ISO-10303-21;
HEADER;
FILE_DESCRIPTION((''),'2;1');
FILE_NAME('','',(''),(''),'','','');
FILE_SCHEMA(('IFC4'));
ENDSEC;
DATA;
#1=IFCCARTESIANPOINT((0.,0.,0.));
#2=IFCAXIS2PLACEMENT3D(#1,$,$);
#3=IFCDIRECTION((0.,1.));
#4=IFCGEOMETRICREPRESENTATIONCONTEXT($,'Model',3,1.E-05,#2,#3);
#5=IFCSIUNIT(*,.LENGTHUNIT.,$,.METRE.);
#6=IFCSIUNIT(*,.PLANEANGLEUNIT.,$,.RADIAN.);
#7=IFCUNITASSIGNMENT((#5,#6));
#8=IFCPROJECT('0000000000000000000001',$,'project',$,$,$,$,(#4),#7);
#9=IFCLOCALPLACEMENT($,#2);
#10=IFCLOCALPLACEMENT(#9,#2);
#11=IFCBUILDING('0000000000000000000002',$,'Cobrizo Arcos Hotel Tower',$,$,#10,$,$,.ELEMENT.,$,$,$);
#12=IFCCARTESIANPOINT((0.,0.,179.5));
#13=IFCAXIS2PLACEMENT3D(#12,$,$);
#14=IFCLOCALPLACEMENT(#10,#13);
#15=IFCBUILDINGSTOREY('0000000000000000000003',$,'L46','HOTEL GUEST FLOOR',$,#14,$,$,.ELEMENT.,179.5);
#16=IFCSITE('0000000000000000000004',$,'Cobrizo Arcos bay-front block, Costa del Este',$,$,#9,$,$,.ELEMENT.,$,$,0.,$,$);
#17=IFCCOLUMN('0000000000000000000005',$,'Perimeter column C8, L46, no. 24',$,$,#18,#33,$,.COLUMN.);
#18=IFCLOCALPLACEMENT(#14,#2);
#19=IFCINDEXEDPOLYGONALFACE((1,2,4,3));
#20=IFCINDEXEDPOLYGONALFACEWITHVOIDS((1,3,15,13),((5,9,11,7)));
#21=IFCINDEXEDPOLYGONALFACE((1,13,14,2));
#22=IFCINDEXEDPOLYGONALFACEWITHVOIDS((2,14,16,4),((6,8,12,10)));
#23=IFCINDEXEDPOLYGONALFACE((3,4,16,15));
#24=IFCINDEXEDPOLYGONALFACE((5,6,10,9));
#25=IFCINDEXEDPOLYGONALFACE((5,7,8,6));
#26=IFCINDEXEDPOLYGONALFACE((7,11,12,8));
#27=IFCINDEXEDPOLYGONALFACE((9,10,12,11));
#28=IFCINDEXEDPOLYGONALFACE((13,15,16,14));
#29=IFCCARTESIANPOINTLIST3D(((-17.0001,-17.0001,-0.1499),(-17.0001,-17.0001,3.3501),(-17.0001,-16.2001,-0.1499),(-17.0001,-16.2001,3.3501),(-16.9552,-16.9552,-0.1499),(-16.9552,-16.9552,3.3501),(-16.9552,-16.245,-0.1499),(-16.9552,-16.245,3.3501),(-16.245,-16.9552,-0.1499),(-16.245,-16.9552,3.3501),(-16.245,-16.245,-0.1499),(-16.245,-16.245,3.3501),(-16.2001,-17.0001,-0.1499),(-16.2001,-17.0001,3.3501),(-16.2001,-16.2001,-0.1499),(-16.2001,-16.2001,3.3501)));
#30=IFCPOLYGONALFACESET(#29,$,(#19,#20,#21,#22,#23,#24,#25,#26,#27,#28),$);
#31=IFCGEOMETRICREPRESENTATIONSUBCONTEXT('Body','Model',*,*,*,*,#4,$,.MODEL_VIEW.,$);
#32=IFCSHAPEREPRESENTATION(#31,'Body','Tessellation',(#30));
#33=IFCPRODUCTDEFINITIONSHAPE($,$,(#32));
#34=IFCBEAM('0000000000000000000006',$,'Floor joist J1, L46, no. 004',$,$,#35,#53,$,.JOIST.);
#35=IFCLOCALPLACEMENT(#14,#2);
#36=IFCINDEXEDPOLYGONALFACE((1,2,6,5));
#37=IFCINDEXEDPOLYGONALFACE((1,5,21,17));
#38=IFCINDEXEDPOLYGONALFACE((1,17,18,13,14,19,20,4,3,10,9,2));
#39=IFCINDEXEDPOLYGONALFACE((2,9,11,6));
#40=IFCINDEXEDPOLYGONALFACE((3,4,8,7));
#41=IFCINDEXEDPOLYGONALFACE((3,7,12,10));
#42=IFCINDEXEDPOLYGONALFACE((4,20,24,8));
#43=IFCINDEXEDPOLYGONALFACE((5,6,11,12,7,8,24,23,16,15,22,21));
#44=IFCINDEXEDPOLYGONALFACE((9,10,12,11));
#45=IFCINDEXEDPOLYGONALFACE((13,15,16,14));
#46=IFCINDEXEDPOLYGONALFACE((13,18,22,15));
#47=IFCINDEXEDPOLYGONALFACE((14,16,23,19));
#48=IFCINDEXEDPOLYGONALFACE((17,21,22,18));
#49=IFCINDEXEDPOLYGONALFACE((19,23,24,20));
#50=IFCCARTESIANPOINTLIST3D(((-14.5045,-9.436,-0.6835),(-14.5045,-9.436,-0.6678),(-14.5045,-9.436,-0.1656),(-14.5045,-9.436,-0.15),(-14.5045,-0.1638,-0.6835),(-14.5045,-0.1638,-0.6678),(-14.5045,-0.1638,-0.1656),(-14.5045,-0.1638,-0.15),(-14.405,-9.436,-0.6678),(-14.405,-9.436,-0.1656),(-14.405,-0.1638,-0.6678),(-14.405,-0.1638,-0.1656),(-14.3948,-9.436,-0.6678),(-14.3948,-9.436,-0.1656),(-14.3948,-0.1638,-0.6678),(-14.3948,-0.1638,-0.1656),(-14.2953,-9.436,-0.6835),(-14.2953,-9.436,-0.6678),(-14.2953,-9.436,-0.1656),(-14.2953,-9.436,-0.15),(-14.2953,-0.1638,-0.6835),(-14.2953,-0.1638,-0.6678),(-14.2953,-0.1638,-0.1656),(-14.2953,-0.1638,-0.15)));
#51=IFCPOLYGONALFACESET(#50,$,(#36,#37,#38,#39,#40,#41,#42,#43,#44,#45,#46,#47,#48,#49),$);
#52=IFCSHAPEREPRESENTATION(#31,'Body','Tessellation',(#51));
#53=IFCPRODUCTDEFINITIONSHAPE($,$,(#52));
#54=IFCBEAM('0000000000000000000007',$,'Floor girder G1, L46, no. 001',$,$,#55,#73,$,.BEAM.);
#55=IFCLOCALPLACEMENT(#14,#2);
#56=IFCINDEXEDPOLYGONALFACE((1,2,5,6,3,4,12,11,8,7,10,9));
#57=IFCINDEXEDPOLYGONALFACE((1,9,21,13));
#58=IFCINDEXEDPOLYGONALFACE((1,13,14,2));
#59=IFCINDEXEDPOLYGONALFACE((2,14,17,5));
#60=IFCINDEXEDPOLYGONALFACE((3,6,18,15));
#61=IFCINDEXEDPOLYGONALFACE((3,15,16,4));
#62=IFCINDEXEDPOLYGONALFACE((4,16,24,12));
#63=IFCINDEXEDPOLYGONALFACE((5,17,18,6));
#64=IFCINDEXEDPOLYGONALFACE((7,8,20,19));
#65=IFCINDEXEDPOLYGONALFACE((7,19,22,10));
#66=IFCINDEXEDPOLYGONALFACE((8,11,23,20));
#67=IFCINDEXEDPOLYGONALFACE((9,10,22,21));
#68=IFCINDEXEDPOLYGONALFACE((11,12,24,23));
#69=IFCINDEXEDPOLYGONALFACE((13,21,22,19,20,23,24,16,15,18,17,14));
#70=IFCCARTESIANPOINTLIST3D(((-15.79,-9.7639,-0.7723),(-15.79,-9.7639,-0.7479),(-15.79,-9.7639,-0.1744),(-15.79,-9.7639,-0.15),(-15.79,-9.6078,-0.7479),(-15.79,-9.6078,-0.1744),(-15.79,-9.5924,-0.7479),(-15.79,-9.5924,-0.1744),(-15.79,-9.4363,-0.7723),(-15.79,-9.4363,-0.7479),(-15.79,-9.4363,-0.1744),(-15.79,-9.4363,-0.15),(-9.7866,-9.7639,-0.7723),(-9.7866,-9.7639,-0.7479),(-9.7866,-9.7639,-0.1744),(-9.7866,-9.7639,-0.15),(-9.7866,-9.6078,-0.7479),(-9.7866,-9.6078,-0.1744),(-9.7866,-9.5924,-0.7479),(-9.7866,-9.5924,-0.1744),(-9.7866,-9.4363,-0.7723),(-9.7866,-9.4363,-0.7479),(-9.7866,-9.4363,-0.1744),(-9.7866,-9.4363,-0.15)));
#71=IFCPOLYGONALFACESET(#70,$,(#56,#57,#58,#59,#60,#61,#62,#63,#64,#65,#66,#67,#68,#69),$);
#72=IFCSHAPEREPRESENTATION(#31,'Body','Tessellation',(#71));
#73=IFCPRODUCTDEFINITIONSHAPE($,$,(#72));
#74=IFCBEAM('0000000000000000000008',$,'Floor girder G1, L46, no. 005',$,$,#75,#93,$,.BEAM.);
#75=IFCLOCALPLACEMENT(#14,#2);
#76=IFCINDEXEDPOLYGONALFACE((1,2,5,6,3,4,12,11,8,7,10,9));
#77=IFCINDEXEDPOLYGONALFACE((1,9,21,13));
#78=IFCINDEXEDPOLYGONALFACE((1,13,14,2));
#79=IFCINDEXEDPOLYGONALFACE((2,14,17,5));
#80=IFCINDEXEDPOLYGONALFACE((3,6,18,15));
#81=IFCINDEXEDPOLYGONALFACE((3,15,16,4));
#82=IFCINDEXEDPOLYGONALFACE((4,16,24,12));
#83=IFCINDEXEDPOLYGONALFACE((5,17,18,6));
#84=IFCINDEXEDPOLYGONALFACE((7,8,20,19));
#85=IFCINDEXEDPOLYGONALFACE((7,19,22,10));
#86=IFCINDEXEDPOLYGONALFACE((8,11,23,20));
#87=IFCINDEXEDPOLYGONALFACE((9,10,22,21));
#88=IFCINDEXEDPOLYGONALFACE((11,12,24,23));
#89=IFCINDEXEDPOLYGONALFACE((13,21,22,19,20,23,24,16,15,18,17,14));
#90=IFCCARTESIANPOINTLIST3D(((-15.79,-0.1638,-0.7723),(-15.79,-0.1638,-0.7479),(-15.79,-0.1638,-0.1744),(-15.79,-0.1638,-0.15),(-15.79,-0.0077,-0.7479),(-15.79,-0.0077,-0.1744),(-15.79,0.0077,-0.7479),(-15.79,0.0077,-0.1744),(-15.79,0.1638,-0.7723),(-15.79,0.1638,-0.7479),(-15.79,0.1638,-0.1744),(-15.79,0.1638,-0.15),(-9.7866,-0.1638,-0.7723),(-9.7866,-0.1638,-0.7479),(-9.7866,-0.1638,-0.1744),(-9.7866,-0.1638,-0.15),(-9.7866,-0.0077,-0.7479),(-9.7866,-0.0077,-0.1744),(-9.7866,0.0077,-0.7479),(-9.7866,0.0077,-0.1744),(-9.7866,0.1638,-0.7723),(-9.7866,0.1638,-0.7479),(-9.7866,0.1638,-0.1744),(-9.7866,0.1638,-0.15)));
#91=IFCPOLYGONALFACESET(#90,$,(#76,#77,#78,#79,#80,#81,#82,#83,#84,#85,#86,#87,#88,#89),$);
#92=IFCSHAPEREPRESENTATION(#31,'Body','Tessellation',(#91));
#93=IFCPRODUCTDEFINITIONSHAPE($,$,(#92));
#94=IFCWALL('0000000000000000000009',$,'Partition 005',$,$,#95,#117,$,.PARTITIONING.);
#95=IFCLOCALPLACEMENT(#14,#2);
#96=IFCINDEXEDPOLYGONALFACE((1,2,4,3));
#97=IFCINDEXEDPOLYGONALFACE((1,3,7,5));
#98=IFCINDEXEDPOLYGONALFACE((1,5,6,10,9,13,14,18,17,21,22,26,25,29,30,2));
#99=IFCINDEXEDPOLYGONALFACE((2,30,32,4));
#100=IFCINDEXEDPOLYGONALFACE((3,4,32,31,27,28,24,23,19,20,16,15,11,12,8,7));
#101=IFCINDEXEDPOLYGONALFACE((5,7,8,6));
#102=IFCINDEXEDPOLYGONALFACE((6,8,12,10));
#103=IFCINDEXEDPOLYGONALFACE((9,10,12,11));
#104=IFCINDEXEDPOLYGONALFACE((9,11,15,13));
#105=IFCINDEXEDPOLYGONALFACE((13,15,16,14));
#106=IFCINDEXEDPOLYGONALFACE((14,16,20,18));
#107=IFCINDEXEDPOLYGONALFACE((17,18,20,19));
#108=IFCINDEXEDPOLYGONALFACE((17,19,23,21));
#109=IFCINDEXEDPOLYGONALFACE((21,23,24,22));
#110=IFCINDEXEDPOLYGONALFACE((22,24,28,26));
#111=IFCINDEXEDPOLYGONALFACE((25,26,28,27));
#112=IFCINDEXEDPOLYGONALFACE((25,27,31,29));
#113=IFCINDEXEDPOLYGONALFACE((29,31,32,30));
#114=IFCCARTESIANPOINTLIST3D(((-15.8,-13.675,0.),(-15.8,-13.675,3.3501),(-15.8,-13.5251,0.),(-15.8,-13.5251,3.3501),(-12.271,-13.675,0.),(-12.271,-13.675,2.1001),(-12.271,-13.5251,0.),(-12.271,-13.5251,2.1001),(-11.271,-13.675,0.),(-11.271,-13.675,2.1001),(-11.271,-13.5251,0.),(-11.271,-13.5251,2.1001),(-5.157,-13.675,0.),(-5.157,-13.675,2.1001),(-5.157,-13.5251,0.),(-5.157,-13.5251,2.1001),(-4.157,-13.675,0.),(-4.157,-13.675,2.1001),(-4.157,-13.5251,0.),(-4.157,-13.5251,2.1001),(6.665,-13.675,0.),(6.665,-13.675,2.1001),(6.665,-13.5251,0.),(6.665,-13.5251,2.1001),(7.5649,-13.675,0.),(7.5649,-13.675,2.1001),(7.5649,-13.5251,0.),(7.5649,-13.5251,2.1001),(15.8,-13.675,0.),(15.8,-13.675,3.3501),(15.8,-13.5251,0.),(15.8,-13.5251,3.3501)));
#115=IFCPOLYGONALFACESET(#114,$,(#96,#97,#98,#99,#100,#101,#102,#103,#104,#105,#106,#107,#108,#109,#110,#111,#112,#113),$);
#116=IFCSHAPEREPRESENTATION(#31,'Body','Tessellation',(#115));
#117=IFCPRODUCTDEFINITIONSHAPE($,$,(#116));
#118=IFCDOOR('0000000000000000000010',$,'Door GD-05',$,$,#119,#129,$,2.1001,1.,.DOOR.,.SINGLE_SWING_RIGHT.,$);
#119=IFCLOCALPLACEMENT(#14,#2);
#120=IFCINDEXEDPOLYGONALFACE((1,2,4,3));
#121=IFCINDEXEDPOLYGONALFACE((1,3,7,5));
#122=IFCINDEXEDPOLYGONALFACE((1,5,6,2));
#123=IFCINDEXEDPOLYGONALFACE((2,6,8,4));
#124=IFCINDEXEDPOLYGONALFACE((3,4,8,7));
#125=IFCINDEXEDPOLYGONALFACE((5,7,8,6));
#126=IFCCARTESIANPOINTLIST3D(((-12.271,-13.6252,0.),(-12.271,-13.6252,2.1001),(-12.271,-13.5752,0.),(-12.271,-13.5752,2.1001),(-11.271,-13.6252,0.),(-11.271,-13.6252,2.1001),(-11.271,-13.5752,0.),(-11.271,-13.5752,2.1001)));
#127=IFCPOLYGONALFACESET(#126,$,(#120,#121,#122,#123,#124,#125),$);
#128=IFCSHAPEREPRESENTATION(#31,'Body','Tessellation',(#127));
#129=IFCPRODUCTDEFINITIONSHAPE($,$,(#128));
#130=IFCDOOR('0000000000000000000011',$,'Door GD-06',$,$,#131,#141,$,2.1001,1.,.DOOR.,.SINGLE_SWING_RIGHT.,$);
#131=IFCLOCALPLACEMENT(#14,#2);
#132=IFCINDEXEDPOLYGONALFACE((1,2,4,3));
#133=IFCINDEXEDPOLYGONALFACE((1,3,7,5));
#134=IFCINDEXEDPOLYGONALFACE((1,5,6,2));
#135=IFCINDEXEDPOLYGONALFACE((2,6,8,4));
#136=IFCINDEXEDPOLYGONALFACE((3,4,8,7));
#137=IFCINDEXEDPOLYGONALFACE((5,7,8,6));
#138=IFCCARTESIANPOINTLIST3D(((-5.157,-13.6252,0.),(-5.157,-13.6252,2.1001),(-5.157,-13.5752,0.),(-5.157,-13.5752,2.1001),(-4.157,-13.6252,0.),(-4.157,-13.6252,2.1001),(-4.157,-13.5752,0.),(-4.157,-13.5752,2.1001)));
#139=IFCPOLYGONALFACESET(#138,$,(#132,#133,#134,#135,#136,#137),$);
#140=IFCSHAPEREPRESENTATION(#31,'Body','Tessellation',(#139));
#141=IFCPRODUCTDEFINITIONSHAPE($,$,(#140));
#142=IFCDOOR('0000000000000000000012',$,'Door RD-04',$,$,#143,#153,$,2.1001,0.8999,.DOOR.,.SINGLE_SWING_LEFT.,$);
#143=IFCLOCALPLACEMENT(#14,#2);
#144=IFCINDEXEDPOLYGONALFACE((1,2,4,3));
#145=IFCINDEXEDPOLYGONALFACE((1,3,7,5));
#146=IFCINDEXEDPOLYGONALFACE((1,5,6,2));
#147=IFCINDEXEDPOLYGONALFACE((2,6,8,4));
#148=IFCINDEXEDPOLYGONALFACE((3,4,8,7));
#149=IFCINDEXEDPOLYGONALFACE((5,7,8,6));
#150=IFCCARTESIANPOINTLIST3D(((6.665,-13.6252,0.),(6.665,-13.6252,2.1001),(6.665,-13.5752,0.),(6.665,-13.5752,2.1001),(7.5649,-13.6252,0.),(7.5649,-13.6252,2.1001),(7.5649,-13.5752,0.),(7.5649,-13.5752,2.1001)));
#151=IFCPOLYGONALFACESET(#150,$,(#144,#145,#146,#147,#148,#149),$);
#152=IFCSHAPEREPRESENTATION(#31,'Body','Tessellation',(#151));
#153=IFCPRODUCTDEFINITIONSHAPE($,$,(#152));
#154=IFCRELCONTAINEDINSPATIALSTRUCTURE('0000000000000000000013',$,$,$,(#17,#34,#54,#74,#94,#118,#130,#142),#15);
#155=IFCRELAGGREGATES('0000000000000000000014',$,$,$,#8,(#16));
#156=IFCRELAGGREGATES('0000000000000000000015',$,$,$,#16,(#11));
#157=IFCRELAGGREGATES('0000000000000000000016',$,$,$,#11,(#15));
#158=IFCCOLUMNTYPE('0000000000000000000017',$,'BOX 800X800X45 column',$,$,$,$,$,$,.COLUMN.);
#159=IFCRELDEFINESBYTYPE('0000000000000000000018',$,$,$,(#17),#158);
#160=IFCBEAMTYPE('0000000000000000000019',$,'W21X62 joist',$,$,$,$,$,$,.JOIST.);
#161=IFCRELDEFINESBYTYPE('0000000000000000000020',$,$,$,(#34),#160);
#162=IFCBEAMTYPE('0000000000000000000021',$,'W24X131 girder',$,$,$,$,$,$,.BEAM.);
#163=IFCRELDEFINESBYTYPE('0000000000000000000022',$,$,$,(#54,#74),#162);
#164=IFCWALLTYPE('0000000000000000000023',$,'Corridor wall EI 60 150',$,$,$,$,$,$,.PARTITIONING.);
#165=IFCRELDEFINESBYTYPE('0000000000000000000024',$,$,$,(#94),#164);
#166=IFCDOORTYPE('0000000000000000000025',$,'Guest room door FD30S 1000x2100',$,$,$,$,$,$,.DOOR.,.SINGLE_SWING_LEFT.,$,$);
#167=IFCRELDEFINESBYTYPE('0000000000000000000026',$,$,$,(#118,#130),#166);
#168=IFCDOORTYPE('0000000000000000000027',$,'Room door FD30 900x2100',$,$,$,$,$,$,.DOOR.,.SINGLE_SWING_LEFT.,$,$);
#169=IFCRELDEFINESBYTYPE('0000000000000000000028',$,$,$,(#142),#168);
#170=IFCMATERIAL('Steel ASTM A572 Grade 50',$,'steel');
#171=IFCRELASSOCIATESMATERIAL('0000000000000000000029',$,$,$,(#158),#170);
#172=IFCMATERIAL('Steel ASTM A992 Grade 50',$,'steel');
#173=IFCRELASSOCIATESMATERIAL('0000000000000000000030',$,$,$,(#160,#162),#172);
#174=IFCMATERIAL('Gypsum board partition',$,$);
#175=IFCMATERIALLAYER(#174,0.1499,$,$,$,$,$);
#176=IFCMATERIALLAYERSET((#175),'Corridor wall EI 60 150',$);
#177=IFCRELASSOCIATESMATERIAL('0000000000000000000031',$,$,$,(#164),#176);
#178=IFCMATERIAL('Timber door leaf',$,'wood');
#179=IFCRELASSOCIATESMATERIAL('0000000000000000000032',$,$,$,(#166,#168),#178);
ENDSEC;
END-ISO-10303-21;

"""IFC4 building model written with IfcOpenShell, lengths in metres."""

from ifc_helpers import new_model, si_unit, direction, frame, frame_2d, origin, origin_2d, place, context, subcontext, project, spatial, rectangle, hollow_rectangle, i_section, extrude, material, layer, layer_set, material_profile, profile_set, type_object, element, fill, save


model = new_model("IFC4")

# Units and contexts
model_context = context("Model", 3, precision=1e-05, world=origin(), true_north=direction((0.0, 1.0)))
body_context = subcontext(model_context, "Body", "Model", "MODEL_VIEW")
ifc_project = project(units=[si_unit("LENGTHUNIT", "METRE"), si_unit("PLANEANGLEUNIT", "RADIAN")], contexts=[model_context])

# Site, building, storey
site_placement = place(None, origin())
site = spatial("IfcSite", under=ifc_project, at=site_placement, Name="Cobrizo Arcos bay-front block, Costa del Este", CompositionType="ELEMENT", RefElevation=0.0)
building_placement = place(site_placement, origin())
building = spatial("IfcBuilding", under=site, at=building_placement, Name="Cobrizo Arcos Hotel Tower", CompositionType="ELEMENT")
storey_placement = place(building_placement, frame((0.0, 0.0, 179.5)))
storey = spatial("IfcBuildingStorey", under=building, at=storey_placement, Name="L46", Description="HOTEL GUEST FLOOR", CompositionType="ELEMENT", Elevation=179.5)

# Column
ifc_material_1 = material(Name="Steel ASTM A572 Grade 50", Category="steel")
ifc_material_profile_1 = material_profile(ifc_material_1, hollow_rectangle(XDim=0.8, YDim=0.8, WallThickness=0.0449, at=origin_2d()), Name="BOX 800X800X45")
ifc_profile_set_1 = profile_set([ifc_material_profile_1], Name="Steel ASTM A572 Grade 50")
column_type = type_object("IfcColumnType", Name="BOX 800X800X45 column", PredefinedType="COLUMN", material=ifc_profile_set_1)
column_placement = place(storey_placement, frame((-16.6001, -16.6001, -0.1499), z_axis=(0.0, 0.0, 1.0), x_axis=(1.0, 0.0, 0.0)))
element("IfcColumn", 1, at=column_placement, inside=storey, type_object=column_type, Name="Perimeter column C8, L46, no. 24", PredefinedType="COLUMN", context=body_context, shape_type="SweptSolid", body=[
    extrude(hollow_rectangle(XDim=0.8, YDim=0.8, WallThickness=0.0449, at=origin_2d()), origin(), (0.0, 0.0, 1.0), 3.5),
])

# Beams
ifc_material_2 = material(Name="Steel ASTM A992 Grade 50", Category="steel")
ifc_material_profile_2 = material_profile(ifc_material_2, i_section(OverallWidth=0.2092, OverallDepth=0.5334, WebThickness=0.0103, FlangeThickness=0.0156, at=origin_2d()), Name="W21X62")
ifc_profile_set_2 = profile_set([ifc_material_profile_2], Name="Steel ASTM A992 Grade 50")
beam_type_1 = type_object("IfcBeamType", Name="W21X62 joist", PredefinedType="JOIST", material=ifc_profile_set_2)
beam_placement = place(storey_placement, frame((-14.3999, -9.436, -0.4167), z_axis=(0.0, 1.0, 0.0), x_axis=(-1.0, 0.0, 0.0)))
element("IfcBeam", 2, at=beam_placement, inside=storey, type_object=beam_type_1, Name="Floor joist J1, L46, no. 004", PredefinedType="JOIST", context=body_context, shape_type="SweptSolid", body=[
    extrude(i_section(OverallWidth=0.2092, OverallDepth=0.5334, WebThickness=0.0103, FlangeThickness=0.0156, at=origin_2d()), origin(), (0.0, 0.0, 1.0), 9.2722),
])
ifc_material_profile_3 = material_profile(ifc_material_2, i_section(OverallWidth=0.3276, OverallDepth=0.6223, WebThickness=0.0154, FlangeThickness=0.0244, at=origin_2d()), Name="W24X131")
ifc_profile_set_3 = profile_set([ifc_material_profile_3], Name="Steel ASTM A992 Grade 50")
beam_type_2 = type_object("IfcBeamType", Name="W24X131 girder", PredefinedType="BEAM", material=ifc_profile_set_3)
for number, where, z_axis, x_axis, name in (
    (3, (-15.79, -9.6001, -0.4612), (1.0, 0.0, 0.0), (0.0, 1.0, 0.0), "Floor girder G1, L46, no. 001"),
    (4, (-15.79, 0.0, -0.4612), (1.0, 0.0, 0.0), (0.0, 1.0, 0.0), "Floor girder G1, L46, no. 005"),
):
    element("IfcBeam", number, at=place(storey_placement, frame(where, z_axis=z_axis, x_axis=x_axis)), inside=storey, type_object=beam_type_2, Name=name, PredefinedType="BEAM", context=body_context, shape_type="SweptSolid", body=[
        extrude(i_section(OverallWidth=0.3276, OverallDepth=0.6223, WebThickness=0.0154, FlangeThickness=0.0244, at=origin_2d()), origin(), (0.0, 0.0, 1.0), 6.0034),
    ])

# Wall, openings, doors
ifc_material_3 = material(Name="Gypsum board partition")
ifc_layer_1 = layer(ifc_material_3, 0.1499)
ifc_layer_set_1 = layer_set([ifc_layer_1], Name="Corridor wall EI 60 150")
wall_type_1 = type_object("IfcWallType", Name="Corridor wall EI 60 150", PredefinedType="PARTITIONING", material=ifc_layer_set_1)
wall_1_placement = place(storey_placement, frame((-15.8, -13.6001, 0.0), z_axis=(0.0, 0.0, 1.0), x_axis=(1.0, 0.0, 0.0)))
wall_1 = element("IfcWall", 5, at=wall_1_placement, inside=storey, type_object=wall_type_1, Name="Partition 005", PredefinedType="PARTITIONING", context=body_context, shape_type="SweptSolid", body=[
    extrude(rectangle(XDim=31.6001, YDim=0.1499, at=frame_2d((15.8, 0.0))), origin(), (0.0, 0.0, 1.0), 3.3501),
])
opening_1_placement = place(wall_1_placement, frame((3.5291, 0.0, 0.0)))
opening_1 = element("IfcOpeningElement", 6, at=opening_1_placement, cuts=wall_1, PredefinedType="OPENING", context=body_context, shape_type="SweptSolid", body=[
    extrude(rectangle(XDim=1.0, YDim=2.1001, at=frame_2d((0.5, 1.05))), frame((0.0, 0.0869, 0.0), z_axis=(0.0, -1.0, 0.0), x_axis=(1.0, 0.0, 0.0)), (0.0, 0.0, 1.0), 0.1738),
])
opening_2_placement = place(wall_1_placement, frame((10.6431, 0.0, 0.0)))
opening_2 = element("IfcOpeningElement", 7, at=opening_2_placement, cuts=wall_1, PredefinedType="OPENING", context=body_context, shape_type="SweptSolid", body=[
    extrude(rectangle(XDim=1.0, YDim=2.1001, at=frame_2d((0.5, 1.05))), frame((0.0, 0.0869, 0.0), z_axis=(0.0, -1.0, 0.0), x_axis=(1.0, 0.0, 0.0)), (0.0, 0.0, 1.0), 0.1738),
])
opening_3_placement = place(wall_1_placement, frame((22.4651, 0.0, 0.0)))
opening_3 = element("IfcOpeningElement", 8, at=opening_3_placement, cuts=wall_1, PredefinedType="OPENING", context=body_context, shape_type="SweptSolid", body=[
    extrude(rectangle(XDim=0.8999, YDim=2.1001, at=frame_2d((0.45, 1.05))), frame((0.0, 0.0869, 0.0), z_axis=(0.0, -1.0, 0.0), x_axis=(1.0, 0.0, 0.0)), (0.0, 0.0, 1.0), 0.1738),
])
ifc_material_4 = material(Name="Timber door leaf", Category="wood")
door_type_1 = type_object("IfcDoorType", Name="Guest room door FD30S 1000x2100", OperationType="SINGLE_SWING_LEFT", PredefinedType="DOOR", material=ifc_material_4)
door_1_placement = place(opening_1_placement, origin())
door_1 = element("IfcDoor", 9, at=door_1_placement, inside=storey, type_object=door_type_1, Name="Door GD-05", OperationType="SINGLE_SWING_RIGHT", OverallHeight=2.1001, OverallWidth=1.0, PredefinedType="DOOR", context=body_context, shape_type="SweptSolid", body=[
    extrude(rectangle(XDim=1.0, YDim=2.1001, at=frame_2d((0.5, 1.05))), frame((0.0, 0.0249, 0.0), z_axis=(0.0, -1.0, 0.0), x_axis=(1.0, 0.0, 0.0)), (0.0, 0.0, 1.0), 0.05),
])
fill(opening_1, door_1)
door_2_placement = place(opening_2_placement, origin())
door_2 = element("IfcDoor", 10, at=door_2_placement, inside=storey, type_object=door_type_1, Name="Door GD-06", OperationType="SINGLE_SWING_RIGHT", OverallHeight=2.1001, OverallWidth=1.0, PredefinedType="DOOR", context=body_context, shape_type="SweptSolid", body=[
    extrude(rectangle(XDim=1.0, YDim=2.1001, at=frame_2d((0.5, 1.05))), frame((0.0, 0.0249, 0.0), z_axis=(0.0, -1.0, 0.0), x_axis=(1.0, 0.0, 0.0)), (0.0, 0.0, 1.0), 0.05),
])
fill(opening_2, door_2)
door_type_2 = type_object("IfcDoorType", Name="Room door FD30 900x2100", OperationType="SINGLE_SWING_LEFT", PredefinedType="DOOR", material=ifc_material_4)
door_3_placement = place(opening_3_placement, origin())
door_3 = element("IfcDoor", 11, at=door_3_placement, inside=storey, type_object=door_type_2, Name="Door RD-04", OperationType="SINGLE_SWING_LEFT", OverallHeight=2.1001, OverallWidth=0.8999, PredefinedType="DOOR", context=body_context, shape_type="SweptSolid", body=[
    extrude(rectangle(XDim=0.8999, YDim=2.1001, at=frame_2d((0.45, 1.05))), frame((0.0, 0.0249, 0.0), z_axis=(0.0, -1.0, 0.0), x_axis=(1.0, 0.0, 0.0)), (0.0, 0.0, 1.0), 0.05),
])
fill(opening_3, door_3)

save(model, "model.ifc")
